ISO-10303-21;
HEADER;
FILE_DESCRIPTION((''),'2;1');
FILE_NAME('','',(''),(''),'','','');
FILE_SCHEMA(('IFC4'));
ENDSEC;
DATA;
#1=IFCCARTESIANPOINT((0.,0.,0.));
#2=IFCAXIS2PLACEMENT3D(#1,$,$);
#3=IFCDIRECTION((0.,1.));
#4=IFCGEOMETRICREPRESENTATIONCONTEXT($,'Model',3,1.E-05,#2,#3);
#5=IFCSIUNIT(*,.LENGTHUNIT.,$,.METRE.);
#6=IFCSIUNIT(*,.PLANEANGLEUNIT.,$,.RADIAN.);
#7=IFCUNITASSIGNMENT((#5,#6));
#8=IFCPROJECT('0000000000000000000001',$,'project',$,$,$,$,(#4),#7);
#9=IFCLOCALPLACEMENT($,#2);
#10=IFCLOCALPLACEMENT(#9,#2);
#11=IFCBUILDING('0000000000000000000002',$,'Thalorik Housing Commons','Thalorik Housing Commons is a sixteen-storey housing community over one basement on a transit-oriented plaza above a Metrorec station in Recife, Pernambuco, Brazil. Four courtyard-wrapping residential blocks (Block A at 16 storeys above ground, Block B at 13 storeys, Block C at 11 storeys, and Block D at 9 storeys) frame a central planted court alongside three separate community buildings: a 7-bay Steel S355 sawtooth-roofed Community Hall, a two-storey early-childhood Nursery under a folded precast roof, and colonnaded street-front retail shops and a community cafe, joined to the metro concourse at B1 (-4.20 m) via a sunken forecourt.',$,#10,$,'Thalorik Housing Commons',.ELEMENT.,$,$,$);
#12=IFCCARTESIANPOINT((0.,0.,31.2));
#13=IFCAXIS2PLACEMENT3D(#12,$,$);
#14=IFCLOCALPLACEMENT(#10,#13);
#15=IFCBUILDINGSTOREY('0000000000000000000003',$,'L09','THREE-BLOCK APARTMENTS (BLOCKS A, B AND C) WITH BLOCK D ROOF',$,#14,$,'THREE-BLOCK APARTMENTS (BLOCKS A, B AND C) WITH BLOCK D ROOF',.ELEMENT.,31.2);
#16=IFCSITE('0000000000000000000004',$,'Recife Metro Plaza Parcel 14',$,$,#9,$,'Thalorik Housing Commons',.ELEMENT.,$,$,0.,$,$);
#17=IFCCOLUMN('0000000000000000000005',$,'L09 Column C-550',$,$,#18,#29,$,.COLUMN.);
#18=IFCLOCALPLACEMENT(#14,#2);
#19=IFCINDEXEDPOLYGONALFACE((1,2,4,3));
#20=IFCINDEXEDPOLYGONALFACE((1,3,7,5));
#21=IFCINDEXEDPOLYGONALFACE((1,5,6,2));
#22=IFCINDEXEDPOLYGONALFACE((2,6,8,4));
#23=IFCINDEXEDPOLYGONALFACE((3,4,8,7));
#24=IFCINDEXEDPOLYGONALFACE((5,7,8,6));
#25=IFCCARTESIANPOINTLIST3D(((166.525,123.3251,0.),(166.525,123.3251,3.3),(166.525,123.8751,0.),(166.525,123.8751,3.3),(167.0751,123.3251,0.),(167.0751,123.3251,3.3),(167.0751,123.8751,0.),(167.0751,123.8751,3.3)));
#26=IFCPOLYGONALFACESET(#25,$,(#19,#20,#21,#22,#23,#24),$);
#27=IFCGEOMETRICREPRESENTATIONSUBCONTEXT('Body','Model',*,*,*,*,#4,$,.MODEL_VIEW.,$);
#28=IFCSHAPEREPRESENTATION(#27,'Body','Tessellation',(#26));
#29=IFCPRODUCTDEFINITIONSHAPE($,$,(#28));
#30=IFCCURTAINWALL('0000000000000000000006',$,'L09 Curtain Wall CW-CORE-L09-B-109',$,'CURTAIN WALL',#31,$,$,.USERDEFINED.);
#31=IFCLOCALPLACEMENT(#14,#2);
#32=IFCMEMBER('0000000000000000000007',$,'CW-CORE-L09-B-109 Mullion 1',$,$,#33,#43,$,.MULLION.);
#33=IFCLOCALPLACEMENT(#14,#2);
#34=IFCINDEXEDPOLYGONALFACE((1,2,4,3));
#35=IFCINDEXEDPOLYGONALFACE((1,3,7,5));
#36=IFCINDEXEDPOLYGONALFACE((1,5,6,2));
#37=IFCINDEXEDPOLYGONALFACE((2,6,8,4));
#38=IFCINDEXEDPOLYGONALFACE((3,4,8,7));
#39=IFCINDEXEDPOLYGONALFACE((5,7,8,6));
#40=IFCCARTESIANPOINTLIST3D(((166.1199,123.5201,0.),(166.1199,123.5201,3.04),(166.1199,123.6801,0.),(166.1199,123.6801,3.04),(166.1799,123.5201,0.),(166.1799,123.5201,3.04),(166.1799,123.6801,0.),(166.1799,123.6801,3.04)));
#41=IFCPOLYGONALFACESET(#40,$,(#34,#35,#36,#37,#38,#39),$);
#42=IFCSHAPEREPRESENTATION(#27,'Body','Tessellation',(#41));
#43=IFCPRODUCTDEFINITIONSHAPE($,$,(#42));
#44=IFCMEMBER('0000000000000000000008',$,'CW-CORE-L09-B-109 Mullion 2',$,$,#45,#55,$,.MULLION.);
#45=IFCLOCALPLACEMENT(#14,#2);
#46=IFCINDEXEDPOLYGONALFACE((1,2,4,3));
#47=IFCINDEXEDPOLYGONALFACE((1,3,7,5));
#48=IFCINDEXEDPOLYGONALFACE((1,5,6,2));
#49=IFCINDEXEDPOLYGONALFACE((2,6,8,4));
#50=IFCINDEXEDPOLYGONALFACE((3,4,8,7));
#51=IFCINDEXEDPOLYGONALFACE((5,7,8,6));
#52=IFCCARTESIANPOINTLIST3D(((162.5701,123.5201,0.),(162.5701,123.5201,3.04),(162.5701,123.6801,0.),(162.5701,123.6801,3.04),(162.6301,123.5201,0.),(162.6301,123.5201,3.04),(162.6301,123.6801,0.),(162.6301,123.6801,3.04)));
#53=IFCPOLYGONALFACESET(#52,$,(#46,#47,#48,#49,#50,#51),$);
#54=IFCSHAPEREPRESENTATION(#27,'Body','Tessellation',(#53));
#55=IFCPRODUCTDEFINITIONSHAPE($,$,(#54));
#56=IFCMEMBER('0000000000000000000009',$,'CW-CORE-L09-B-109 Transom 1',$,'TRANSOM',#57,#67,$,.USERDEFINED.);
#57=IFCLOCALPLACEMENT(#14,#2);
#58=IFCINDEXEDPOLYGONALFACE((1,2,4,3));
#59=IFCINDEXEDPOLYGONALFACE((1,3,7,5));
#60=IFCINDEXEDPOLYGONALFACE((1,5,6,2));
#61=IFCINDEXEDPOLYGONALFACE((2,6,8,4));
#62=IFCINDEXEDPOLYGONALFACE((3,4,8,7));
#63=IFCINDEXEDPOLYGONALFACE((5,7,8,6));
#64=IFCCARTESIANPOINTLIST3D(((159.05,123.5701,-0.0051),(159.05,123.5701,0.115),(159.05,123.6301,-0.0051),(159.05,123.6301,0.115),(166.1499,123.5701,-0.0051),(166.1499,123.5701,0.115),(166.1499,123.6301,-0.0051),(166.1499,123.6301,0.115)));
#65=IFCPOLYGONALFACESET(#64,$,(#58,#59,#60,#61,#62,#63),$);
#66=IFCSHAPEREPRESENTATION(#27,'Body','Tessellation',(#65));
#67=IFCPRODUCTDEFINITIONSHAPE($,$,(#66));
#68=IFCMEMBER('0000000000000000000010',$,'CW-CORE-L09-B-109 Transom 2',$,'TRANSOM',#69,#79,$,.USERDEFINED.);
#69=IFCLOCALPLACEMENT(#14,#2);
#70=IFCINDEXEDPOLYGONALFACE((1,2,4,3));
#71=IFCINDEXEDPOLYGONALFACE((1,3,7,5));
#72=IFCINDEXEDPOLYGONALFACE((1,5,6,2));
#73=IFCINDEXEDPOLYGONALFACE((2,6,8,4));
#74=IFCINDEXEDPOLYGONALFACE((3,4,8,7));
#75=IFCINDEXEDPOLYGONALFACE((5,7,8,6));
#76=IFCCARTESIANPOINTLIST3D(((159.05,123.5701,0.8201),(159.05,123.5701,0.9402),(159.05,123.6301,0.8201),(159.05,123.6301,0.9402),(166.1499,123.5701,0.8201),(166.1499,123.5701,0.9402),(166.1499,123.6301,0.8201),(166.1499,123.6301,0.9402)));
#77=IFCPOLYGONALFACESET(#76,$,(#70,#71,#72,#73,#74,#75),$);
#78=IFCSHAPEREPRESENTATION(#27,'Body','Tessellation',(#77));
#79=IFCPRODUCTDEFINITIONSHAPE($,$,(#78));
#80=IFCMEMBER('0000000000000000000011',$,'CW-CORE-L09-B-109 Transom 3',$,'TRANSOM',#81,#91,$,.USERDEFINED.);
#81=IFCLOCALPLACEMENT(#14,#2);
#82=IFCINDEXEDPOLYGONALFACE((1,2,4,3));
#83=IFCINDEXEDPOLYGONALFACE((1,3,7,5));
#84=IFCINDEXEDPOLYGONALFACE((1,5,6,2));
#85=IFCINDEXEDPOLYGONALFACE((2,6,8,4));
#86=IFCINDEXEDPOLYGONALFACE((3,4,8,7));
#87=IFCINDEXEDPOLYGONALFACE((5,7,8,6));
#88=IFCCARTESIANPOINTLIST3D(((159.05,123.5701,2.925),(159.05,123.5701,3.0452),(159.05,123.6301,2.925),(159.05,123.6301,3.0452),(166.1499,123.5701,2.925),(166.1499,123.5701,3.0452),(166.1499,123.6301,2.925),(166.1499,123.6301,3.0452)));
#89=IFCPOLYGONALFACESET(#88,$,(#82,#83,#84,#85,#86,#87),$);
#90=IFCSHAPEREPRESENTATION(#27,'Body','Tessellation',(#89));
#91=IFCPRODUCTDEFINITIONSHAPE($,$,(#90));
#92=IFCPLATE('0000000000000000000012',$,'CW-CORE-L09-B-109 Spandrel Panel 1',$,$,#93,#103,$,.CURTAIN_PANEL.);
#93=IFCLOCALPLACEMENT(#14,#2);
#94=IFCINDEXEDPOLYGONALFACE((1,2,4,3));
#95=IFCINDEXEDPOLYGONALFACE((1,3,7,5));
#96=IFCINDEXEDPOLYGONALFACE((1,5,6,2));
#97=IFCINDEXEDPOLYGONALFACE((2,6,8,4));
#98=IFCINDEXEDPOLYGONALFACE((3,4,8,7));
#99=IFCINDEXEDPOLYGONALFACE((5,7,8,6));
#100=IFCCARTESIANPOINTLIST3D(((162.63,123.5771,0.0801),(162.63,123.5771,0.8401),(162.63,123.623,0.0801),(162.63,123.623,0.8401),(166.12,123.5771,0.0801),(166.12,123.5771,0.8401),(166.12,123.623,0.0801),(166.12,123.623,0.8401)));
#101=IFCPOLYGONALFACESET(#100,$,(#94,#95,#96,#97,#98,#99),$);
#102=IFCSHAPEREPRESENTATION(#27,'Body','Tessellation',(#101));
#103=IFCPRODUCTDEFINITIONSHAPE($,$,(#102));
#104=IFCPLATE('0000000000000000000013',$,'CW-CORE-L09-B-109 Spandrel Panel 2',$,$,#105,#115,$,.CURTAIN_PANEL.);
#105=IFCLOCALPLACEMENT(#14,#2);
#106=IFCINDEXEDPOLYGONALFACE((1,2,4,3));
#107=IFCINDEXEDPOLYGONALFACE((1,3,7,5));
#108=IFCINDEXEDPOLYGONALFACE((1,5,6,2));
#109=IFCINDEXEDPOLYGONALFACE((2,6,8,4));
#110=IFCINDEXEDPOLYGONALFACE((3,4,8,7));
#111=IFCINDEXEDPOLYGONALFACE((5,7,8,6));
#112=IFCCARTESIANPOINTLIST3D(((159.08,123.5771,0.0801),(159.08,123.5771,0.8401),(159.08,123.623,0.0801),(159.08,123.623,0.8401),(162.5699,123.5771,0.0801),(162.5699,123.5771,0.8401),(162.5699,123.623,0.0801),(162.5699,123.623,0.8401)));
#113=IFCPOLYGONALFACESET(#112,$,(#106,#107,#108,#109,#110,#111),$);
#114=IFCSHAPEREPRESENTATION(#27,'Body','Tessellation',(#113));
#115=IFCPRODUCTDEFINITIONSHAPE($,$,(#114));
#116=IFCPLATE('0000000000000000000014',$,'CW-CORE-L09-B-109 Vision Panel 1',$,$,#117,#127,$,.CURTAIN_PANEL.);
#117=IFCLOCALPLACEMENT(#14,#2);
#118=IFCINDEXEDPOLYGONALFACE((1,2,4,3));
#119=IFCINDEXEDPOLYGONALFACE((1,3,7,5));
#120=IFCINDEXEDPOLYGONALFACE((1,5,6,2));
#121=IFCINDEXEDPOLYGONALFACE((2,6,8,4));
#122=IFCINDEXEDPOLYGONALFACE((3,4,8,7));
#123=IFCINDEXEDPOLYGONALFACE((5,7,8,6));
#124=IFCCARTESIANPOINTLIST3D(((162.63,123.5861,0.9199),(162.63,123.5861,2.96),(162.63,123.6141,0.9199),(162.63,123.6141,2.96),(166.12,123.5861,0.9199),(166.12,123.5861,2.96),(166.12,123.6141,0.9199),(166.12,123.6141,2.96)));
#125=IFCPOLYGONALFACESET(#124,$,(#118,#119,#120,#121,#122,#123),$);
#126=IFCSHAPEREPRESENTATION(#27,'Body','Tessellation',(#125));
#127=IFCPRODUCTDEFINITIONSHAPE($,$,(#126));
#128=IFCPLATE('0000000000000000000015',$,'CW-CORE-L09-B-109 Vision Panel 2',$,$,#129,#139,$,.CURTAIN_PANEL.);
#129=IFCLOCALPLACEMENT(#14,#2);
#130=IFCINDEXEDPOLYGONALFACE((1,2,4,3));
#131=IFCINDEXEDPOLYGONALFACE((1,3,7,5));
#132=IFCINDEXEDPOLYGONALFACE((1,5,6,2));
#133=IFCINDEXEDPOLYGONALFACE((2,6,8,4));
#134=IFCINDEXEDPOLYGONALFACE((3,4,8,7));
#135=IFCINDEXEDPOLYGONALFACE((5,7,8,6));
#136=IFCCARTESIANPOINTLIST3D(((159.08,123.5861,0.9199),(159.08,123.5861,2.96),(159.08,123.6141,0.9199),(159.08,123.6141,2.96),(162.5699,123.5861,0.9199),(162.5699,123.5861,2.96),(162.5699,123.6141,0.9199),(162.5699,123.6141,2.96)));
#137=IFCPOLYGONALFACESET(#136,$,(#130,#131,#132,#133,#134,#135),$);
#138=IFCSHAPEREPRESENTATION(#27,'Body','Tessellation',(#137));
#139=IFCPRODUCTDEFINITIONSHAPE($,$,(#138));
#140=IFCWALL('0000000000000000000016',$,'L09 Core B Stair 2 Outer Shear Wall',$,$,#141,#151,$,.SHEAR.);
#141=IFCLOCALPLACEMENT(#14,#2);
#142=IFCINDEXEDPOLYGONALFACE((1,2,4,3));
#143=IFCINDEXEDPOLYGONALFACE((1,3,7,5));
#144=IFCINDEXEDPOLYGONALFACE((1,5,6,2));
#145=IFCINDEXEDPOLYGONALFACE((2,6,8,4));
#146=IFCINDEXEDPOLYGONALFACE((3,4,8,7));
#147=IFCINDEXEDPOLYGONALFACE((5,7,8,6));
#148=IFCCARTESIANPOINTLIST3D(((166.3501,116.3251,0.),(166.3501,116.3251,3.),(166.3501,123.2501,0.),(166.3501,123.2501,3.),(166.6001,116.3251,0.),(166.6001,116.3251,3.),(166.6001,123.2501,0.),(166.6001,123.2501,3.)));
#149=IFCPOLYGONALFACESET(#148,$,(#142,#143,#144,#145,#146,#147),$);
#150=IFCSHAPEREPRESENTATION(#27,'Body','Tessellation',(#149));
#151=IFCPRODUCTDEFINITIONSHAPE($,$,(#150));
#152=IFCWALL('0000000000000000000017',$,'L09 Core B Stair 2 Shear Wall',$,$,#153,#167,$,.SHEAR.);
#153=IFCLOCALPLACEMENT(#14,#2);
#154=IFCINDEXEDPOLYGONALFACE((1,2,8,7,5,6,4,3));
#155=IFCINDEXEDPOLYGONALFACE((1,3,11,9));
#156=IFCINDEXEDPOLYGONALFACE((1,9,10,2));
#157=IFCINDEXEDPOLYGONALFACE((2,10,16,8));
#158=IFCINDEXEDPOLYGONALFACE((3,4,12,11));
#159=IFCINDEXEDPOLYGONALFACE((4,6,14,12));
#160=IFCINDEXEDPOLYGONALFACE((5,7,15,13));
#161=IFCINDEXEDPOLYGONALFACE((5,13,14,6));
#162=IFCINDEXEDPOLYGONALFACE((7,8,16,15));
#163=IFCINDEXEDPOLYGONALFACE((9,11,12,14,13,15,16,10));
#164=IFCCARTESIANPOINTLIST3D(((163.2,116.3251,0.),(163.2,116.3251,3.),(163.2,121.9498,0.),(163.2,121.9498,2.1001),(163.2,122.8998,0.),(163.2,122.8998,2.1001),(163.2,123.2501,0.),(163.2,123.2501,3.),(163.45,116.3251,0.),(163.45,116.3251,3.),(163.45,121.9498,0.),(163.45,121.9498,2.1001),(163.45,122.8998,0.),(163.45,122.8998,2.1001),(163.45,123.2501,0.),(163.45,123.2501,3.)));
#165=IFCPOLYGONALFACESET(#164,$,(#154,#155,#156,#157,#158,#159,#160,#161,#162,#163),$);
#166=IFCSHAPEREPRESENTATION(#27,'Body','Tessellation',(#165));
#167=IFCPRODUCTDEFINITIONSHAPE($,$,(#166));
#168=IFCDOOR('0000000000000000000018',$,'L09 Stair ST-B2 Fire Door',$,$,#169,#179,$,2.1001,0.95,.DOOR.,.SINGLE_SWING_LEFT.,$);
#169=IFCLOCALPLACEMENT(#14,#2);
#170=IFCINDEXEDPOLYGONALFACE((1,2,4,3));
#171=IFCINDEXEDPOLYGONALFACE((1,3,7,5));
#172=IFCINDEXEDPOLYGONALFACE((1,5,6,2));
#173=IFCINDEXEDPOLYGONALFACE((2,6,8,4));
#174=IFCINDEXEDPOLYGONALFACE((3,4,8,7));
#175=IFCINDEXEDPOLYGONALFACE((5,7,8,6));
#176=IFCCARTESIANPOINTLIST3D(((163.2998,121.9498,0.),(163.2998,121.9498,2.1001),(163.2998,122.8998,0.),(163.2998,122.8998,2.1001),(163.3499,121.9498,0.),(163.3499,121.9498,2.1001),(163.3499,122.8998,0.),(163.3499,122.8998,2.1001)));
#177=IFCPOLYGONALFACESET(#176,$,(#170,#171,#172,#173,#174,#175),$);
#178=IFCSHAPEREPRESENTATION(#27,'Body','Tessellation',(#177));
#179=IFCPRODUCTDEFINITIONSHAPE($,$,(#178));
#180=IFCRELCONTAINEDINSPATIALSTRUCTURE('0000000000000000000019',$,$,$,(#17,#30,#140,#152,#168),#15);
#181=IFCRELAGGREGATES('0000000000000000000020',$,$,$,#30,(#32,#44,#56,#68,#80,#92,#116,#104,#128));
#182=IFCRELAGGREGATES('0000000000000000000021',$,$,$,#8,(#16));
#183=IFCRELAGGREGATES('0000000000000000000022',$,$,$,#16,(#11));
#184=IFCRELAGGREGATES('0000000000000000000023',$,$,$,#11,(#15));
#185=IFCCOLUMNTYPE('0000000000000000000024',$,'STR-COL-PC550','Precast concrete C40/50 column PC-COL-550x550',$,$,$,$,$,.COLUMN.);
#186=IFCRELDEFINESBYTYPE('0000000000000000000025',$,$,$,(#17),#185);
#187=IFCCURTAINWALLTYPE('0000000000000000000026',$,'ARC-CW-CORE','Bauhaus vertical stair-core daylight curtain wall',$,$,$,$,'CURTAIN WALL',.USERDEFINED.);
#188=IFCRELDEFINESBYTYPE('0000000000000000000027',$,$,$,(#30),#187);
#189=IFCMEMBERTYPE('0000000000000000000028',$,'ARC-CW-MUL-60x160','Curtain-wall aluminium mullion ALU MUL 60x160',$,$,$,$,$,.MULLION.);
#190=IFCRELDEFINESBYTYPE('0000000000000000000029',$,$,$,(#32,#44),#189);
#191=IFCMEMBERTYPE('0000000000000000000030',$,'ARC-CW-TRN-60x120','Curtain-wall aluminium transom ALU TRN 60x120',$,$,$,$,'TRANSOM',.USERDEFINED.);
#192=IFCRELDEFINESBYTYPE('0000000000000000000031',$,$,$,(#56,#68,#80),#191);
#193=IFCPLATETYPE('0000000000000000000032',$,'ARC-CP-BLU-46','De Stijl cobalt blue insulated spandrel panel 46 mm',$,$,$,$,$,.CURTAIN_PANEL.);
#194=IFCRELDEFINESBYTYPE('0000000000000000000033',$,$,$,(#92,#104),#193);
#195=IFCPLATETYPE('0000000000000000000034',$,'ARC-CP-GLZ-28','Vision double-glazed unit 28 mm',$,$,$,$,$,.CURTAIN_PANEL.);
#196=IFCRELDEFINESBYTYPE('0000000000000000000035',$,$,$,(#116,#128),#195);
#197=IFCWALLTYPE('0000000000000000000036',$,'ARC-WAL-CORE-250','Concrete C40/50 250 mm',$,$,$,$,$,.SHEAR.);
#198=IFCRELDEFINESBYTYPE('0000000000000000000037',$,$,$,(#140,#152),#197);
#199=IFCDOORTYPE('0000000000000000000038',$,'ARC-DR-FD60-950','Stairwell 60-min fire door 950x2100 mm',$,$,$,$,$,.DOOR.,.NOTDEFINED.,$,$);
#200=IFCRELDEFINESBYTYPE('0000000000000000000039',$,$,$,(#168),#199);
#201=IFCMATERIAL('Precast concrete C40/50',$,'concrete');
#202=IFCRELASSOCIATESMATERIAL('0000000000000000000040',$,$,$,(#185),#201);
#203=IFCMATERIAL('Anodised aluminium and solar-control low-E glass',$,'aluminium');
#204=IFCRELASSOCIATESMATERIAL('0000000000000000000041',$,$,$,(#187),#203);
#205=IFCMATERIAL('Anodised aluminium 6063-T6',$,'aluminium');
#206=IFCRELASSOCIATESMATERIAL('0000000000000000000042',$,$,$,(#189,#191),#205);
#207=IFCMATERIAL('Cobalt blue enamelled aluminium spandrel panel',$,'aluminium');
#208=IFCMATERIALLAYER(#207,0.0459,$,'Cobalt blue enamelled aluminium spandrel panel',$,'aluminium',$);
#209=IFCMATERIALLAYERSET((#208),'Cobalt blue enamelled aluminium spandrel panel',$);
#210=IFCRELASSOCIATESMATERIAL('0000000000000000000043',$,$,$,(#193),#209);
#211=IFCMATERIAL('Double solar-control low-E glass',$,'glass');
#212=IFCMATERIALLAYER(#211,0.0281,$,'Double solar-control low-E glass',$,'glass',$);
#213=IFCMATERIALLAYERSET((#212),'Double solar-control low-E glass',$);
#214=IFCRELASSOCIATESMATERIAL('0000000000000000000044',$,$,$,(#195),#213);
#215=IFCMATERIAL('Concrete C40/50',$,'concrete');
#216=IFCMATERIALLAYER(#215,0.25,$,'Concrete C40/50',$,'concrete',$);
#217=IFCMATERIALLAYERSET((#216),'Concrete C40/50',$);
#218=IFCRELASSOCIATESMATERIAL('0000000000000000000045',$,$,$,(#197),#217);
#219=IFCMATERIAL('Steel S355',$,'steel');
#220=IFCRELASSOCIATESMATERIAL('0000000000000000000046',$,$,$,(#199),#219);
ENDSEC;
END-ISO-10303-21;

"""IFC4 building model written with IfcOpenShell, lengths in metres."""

from ifc_helpers import new_model, si_unit, direction, frame, frame_2d, origin, origin_2d, place, context, subcontext, project, spatial, rectangle, extrude, material, layer, layer_set, material_profile, profile_set, type_object, element, fill, aggregate, save


model = new_model("IFC4")

# Units and contexts
model_context = context("Model", 3, precision=1e-05, world=origin(), true_north=direction((0.0, 1.0)))
body_context = subcontext(model_context, "Body", "Model", "MODEL_VIEW")
ifc_project = project(units=[si_unit("LENGTHUNIT", "METRE"), si_unit("PLANEANGLEUNIT", "RADIAN")], contexts=[model_context])

# Site, building, storey
site_placement = place(None, origin())
site = spatial("IfcSite", under=ifc_project, at=site_placement, Name="Recife Metro Plaza Parcel 14", LongName="Thalorik Housing Commons", CompositionType="ELEMENT", RefElevation=0.0)
building_placement = place(site_placement, origin())
building = spatial("IfcBuilding", under=site, at=building_placement, Name="Thalorik Housing Commons", Description="Thalorik Housing Commons is a sixteen-storey housing community over one basement on a transit-oriented plaza above a Metrorec station in Recife, Pernambuco, Brazil. Four courtyard-wrapping residential blocks (Block A at 16 storeys above ground, Block B at 13 storeys, Block C at 11 storeys, and Block D at 9 storeys) frame a central planted court alongside three separate community buildings: a 7-bay Steel S355 sawtooth-roofed Community Hall, a two-storey early-childhood Nursery under a folded precast roof, and colonnaded street-front retail shops and a community cafe, joined to the metro concourse at B1 (-4.20 m) via a sunken forecourt.", LongName="Thalorik Housing Commons", CompositionType="ELEMENT")
storey_placement = place(building_placement, frame((0.0, 0.0, 31.2)))
storey = spatial("IfcBuildingStorey", under=building, at=storey_placement, Name="L09", Description="THREE-BLOCK APARTMENTS (BLOCKS A, B AND C) WITH BLOCK D ROOF", LongName="THREE-BLOCK APARTMENTS (BLOCKS A, B AND C) WITH BLOCK D ROOF", CompositionType="ELEMENT", Elevation=31.2)

# Column
ifc_material_1 = material(Name="Precast concrete C40/50", Category="concrete")
ifc_material_profile_1 = material_profile(ifc_material_1, rectangle(XDim=0.55, YDim=0.55, at=origin_2d()), Name="PC 550x550", Category="concrete")
ifc_profile_set_1 = profile_set([ifc_material_profile_1], Name="Precast concrete C40/50")
column_type = type_object("IfcColumnType", Name="STR-COL-PC550", Description="Precast concrete C40/50 column PC-COL-550x550", PredefinedType="COLUMN", material=ifc_profile_set_1)
column_placement = place(storey_placement, frame((166.8, 123.6001, 0.0), z_axis=(0.0, 0.0, 1.0), x_axis=(1.0, 0.0, 0.0)))
element("IfcColumn", 1, at=column_placement, inside=storey, type_object=column_type, Name="L09 Column C-550", PredefinedType="COLUMN", context=body_context, shape_type="SweptSolid", body=[
    extrude(rectangle(XDim=0.55, YDim=0.55, at=origin_2d()), origin(), (0.0, 0.0, 1.0), 3.3),
])

# Curtain wall, members, plates
ifc_material_2 = material(Name="Anodised aluminium and solar-control low-E glass", Category="aluminium")
curtain_wall_type = type_object("IfcCurtainWallType", Name="ARC-CW-CORE", Description="Bauhaus vertical stair-core daylight curtain wall", ElementType="CURTAIN WALL", PredefinedType="USERDEFINED", material=ifc_material_2)
curtain_wall_placement = place(storey_placement, origin())
curtain_wall = element("IfcCurtainWall", 2, at=curtain_wall_placement, inside=storey, type_object=curtain_wall_type, Name="L09 Curtain Wall CW-CORE-L09-B-109", ObjectType="CURTAIN WALL", PredefinedType="USERDEFINED")
ifc_material_3 = material(Name="Anodised aluminium 6063-T6", Category="aluminium")
ifc_material_profile_2 = material_profile(ifc_material_3, rectangle(XDim=0.0601, YDim=0.1599, at=origin_2d()), Name="ALU MUL 60x160", Category="aluminium")
ifc_profile_set_2 = profile_set([ifc_material_profile_2], Name="Anodised aluminium 6063-T6")
member_type_1 = type_object("IfcMemberType", Name="ARC-CW-MUL-60x160", Description="Curtain-wall aluminium mullion ALU MUL 60x160", PredefinedType="MULLION", material=ifc_profile_set_2)
member_1_placement = place(storey_placement, frame((166.1499, 123.6001, 0.0), z_axis=(0.0, 0.0, 1.0), x_axis=(-1.0, 0.0, 0.0)))
member_1 = element("IfcMember", 3, at=member_1_placement, type_object=member_type_1, Name="CW-CORE-L09-B-109 Mullion 1", PredefinedType="MULLION", context=body_context, shape_type="SweptSolid", body=[
    extrude(rectangle(XDim=0.0601, YDim=0.1599, at=origin_2d()), origin(), (0.0, 0.0, 1.0), 3.04),
])
member_2_placement = place(storey_placement, frame((162.6001, 123.6001, 0.0), z_axis=(0.0, 0.0, 1.0), x_axis=(-1.0, 0.0, 0.0)))
member_2 = element("IfcMember", 4, at=member_2_placement, type_object=member_type_1, Name="CW-CORE-L09-B-109 Mullion 2", PredefinedType="MULLION", context=body_context, shape_type="SweptSolid", body=[
    extrude(rectangle(XDim=0.0601, YDim=0.1599, at=origin_2d()), origin(), (0.0, 0.0, 1.0), 3.04),
])
ifc_material_profile_3 = material_profile(ifc_material_3, rectangle(XDim=0.0601, YDim=0.1201, at=origin_2d()), Name="ALU TRN 60x120", Category="aluminium")
ifc_profile_set_3 = profile_set([ifc_material_profile_3], Name="Anodised aluminium 6063-T6")
member_type_2 = type_object("IfcMemberType", Name="ARC-CW-TRN-60x120", Description="Curtain-wall aluminium transom ALU TRN 60x120", ElementType="TRANSOM", PredefinedType="USERDEFINED", material=ifc_profile_set_3)
member_3_placement = place(storey_placement, frame((166.1499, 123.6001, 0.0549), z_axis=(-1.0, 0.0, 0.0), x_axis=(0.0, -1.0, 0.0)))
member_3 = element("IfcMember", 5, at=member_3_placement, type_object=member_type_2, Name="CW-CORE-L09-B-109 Transom 1", ObjectType="TRANSOM", PredefinedType="USERDEFINED", context=body_context, shape_type="SweptSolid", body=[
    extrude(rectangle(XDim=0.0601, YDim=0.1201, at=origin_2d()), origin(), (0.0, 0.0, 1.0), 7.0999),
])
member_4_placement = place(storey_placement, frame((166.1499, 123.6001, 0.8801), z_axis=(-1.0, 0.0, 0.0), x_axis=(0.0, -1.0, 0.0)))
member_4 = element("IfcMember", 6, at=member_4_placement, type_object=member_type_2, Name="CW-CORE-L09-B-109 Transom 2", ObjectType="TRANSOM", PredefinedType="USERDEFINED", context=body_context, shape_type="SweptSolid", body=[
    extrude(rectangle(XDim=0.0601, YDim=0.1201, at=origin_2d()), origin(), (0.0, 0.0, 1.0), 7.0999),
])
member_5_placement = place(storey_placement, frame((166.1499, 123.6001, 2.9851), z_axis=(-1.0, 0.0, 0.0), x_axis=(0.0, -1.0, 0.0)))
member_5 = element("IfcMember", 7, at=member_5_placement, type_object=member_type_2, Name="CW-CORE-L09-B-109 Transom 3", ObjectType="TRANSOM", PredefinedType="USERDEFINED", context=body_context, shape_type="SweptSolid", body=[
    extrude(rectangle(XDim=0.0601, YDim=0.1201, at=origin_2d()), origin(), (0.0, 0.0, 1.0), 7.0999),
])
ifc_material_4 = material(Name="Cobalt blue enamelled aluminium spandrel panel", Category="aluminium")
ifc_layer_1 = layer(ifc_material_4, 0.0459, Name="Cobalt blue enamelled aluminium spandrel panel", Category="aluminium")
ifc_layer_set_1 = layer_set([ifc_layer_1], Name="Cobalt blue enamelled aluminium spandrel panel")
plate_type_1 = type_object("IfcPlateType", Name="ARC-CP-BLU-46", Description="De Stijl cobalt blue insulated spandrel panel 46 mm", PredefinedType="CURTAIN_PANEL", material=ifc_layer_set_1)
plate_1_placement = place(storey_placement, frame((164.375, 123.6001, 0.0801), z_axis=(0.0, 0.0, 1.0), x_axis=(-1.0, 0.0, 0.0)))
plate_1 = element("IfcPlate", 8, at=plate_1_placement, type_object=plate_type_1, Name="CW-CORE-L09-B-109 Spandrel Panel 1", PredefinedType="CURTAIN_PANEL", context=body_context, shape_type="SweptSolid", body=[
    extrude(rectangle(XDim=3.49, YDim=0.0459, at=origin_2d()), origin(), (0.0, 0.0, 1.0), 0.76),
])
plate_2_placement = place(storey_placement, frame((160.825, 123.6001, 0.0801), z_axis=(0.0, 0.0, 1.0), x_axis=(-1.0, 0.0, 0.0)))
plate_2 = element("IfcPlate", 9, at=plate_2_placement, type_object=plate_type_1, Name="CW-CORE-L09-B-109 Spandrel Panel 2", PredefinedType="CURTAIN_PANEL", context=body_context, shape_type="SweptSolid", body=[
    extrude(rectangle(XDim=3.49, YDim=0.0459, at=origin_2d()), origin(), (0.0, 0.0, 1.0), 0.76),
])
ifc_material_5 = material(Name="Double solar-control low-E glass", Category="glass")
ifc_layer_2 = layer(ifc_material_5, 0.0281, Name="Double solar-control low-E glass", Category="glass")
ifc_layer_set_2 = layer_set([ifc_layer_2], Name="Double solar-control low-E glass")
plate_type_2 = type_object("IfcPlateType", Name="ARC-CP-GLZ-28", Description="Vision double-glazed unit 28 mm", PredefinedType="CURTAIN_PANEL", material=ifc_layer_set_2)
plate_3_placement = place(storey_placement, frame((164.375, 123.6001, 0.9199), z_axis=(0.0, 0.0, 1.0), x_axis=(-1.0, 0.0, 0.0)))
plate_3 = element("IfcPlate", 10, at=plate_3_placement, type_object=plate_type_2, Name="CW-CORE-L09-B-109 Vision Panel 1", PredefinedType="CURTAIN_PANEL", context=body_context, shape_type="SweptSolid", body=[
    extrude(rectangle(XDim=3.49, YDim=0.0281, at=origin_2d()), origin(), (0.0, 0.0, 1.0), 2.04),
])
plate_4_placement = place(storey_placement, frame((160.825, 123.6001, 0.9199), z_axis=(0.0, 0.0, 1.0), x_axis=(-1.0, 0.0, 0.0)))
plate_4 = element("IfcPlate", 11, at=plate_4_placement, type_object=plate_type_2, Name="CW-CORE-L09-B-109 Vision Panel 2", PredefinedType="CURTAIN_PANEL", context=body_context, shape_type="SweptSolid", body=[
    extrude(rectangle(XDim=3.49, YDim=0.0281, at=origin_2d()), origin(), (0.0, 0.0, 1.0), 2.04),
])
aggregate(curtain_wall, [member_1, member_2, member_3, member_4, member_5, plate_1, plate_3, plate_2, plate_4])

# Wall
ifc_material_6 = material(Name="Concrete C40/50", Category="concrete")
ifc_layer_3 = layer(ifc_material_6, 0.25, Name="Concrete C40/50", Category="concrete")
ifc_layer_set_3 = layer_set([ifc_layer_3], Name="Concrete C40/50")
wall_type_1 = type_object("IfcWallType", Name="ARC-WAL-CORE-250", Description="Concrete C40/50 250 mm", PredefinedType="SHEAR", material=ifc_layer_set_3)
wall_1_placement = place(storey_placement, frame((166.4751, 123.25, 0.0), z_axis=(0.0, 0.0, 1.0), x_axis=(0.0, -1.0, 0.0)))
element("IfcWall", 12, at=wall_1_placement, inside=storey, type_object=wall_type_1, Name="L09 Core B Stair 2 Outer Shear Wall", PredefinedType="SHEAR", context=body_context, shape_type="SweptSolid", body=[
    extrude(rectangle(XDim=6.925, YDim=0.25, at=frame_2d((3.4624, 0.0))), origin(), (0.0, 0.0, 1.0), 3.0),
])

# Wall, opening, door
wall_2_placement = place(storey_placement, frame((163.325, 123.25, 0.0), z_axis=(0.0, 0.0, 1.0), x_axis=(0.0, -1.0, 0.0)))
wall_2 = element("IfcWall", 13, at=wall_2_placement, inside=storey, type_object=wall_type_1, Name="L09 Core B Stair 2 Shear Wall", PredefinedType="SHEAR", context=body_context, shape_type="SweptSolid", body=[
    extrude(rectangle(XDim=6.925, YDim=0.25, at=frame_2d((3.4624, 0.0))), origin(), (0.0, 0.0, 1.0), 3.0),
])
opening_placement = place(wall_2_placement, frame((0.3501, 0.0, 0.0)))
opening = element("IfcOpeningElement", 14, at=opening_placement, cuts=wall_2, PredefinedType="OPENING", context=body_context, shape_type="SweptSolid", body=[
    extrude(rectangle(XDim=0.95, YDim=2.1001, at=frame_2d((0.4751, 1.05))), frame((0.0, 0.135, 0.0), z_axis=(0.0, -1.0, 0.0), x_axis=(1.0, 0.0, 0.0)), (0.0, 0.0, 1.0), 0.27),
])
ifc_material_7 = material(Name="Steel S355", Category="steel")
door_type = type_object("IfcDoorType", Name="ARC-DR-FD60-950", Description="Stairwell 60-min fire door 950x2100 mm", OperationType="NOTDEFINED", PredefinedType="DOOR", material=ifc_material_7)
door_placement = place(opening_placement, origin())
door = element("IfcDoor", 15, at=door_placement, inside=storey, type_object=door_type, Name="L09 Stair ST-B2 Fire Door", OperationType="SINGLE_SWING_LEFT", OverallHeight=2.1001, OverallWidth=0.95, PredefinedType="DOOR", context=body_context, shape_type="SweptSolid", body=[
    extrude(rectangle(XDim=0.95, YDim=2.1001, at=frame_2d((0.4751, 1.05))), frame((0.0, 0.0249, 0.0), z_axis=(0.0, -1.0, 0.0), x_axis=(1.0, 0.0, 0.0)), (0.0, 0.0, 1.0), 0.05),
])
fill(opening, door)

save(model, "model.ifc")
